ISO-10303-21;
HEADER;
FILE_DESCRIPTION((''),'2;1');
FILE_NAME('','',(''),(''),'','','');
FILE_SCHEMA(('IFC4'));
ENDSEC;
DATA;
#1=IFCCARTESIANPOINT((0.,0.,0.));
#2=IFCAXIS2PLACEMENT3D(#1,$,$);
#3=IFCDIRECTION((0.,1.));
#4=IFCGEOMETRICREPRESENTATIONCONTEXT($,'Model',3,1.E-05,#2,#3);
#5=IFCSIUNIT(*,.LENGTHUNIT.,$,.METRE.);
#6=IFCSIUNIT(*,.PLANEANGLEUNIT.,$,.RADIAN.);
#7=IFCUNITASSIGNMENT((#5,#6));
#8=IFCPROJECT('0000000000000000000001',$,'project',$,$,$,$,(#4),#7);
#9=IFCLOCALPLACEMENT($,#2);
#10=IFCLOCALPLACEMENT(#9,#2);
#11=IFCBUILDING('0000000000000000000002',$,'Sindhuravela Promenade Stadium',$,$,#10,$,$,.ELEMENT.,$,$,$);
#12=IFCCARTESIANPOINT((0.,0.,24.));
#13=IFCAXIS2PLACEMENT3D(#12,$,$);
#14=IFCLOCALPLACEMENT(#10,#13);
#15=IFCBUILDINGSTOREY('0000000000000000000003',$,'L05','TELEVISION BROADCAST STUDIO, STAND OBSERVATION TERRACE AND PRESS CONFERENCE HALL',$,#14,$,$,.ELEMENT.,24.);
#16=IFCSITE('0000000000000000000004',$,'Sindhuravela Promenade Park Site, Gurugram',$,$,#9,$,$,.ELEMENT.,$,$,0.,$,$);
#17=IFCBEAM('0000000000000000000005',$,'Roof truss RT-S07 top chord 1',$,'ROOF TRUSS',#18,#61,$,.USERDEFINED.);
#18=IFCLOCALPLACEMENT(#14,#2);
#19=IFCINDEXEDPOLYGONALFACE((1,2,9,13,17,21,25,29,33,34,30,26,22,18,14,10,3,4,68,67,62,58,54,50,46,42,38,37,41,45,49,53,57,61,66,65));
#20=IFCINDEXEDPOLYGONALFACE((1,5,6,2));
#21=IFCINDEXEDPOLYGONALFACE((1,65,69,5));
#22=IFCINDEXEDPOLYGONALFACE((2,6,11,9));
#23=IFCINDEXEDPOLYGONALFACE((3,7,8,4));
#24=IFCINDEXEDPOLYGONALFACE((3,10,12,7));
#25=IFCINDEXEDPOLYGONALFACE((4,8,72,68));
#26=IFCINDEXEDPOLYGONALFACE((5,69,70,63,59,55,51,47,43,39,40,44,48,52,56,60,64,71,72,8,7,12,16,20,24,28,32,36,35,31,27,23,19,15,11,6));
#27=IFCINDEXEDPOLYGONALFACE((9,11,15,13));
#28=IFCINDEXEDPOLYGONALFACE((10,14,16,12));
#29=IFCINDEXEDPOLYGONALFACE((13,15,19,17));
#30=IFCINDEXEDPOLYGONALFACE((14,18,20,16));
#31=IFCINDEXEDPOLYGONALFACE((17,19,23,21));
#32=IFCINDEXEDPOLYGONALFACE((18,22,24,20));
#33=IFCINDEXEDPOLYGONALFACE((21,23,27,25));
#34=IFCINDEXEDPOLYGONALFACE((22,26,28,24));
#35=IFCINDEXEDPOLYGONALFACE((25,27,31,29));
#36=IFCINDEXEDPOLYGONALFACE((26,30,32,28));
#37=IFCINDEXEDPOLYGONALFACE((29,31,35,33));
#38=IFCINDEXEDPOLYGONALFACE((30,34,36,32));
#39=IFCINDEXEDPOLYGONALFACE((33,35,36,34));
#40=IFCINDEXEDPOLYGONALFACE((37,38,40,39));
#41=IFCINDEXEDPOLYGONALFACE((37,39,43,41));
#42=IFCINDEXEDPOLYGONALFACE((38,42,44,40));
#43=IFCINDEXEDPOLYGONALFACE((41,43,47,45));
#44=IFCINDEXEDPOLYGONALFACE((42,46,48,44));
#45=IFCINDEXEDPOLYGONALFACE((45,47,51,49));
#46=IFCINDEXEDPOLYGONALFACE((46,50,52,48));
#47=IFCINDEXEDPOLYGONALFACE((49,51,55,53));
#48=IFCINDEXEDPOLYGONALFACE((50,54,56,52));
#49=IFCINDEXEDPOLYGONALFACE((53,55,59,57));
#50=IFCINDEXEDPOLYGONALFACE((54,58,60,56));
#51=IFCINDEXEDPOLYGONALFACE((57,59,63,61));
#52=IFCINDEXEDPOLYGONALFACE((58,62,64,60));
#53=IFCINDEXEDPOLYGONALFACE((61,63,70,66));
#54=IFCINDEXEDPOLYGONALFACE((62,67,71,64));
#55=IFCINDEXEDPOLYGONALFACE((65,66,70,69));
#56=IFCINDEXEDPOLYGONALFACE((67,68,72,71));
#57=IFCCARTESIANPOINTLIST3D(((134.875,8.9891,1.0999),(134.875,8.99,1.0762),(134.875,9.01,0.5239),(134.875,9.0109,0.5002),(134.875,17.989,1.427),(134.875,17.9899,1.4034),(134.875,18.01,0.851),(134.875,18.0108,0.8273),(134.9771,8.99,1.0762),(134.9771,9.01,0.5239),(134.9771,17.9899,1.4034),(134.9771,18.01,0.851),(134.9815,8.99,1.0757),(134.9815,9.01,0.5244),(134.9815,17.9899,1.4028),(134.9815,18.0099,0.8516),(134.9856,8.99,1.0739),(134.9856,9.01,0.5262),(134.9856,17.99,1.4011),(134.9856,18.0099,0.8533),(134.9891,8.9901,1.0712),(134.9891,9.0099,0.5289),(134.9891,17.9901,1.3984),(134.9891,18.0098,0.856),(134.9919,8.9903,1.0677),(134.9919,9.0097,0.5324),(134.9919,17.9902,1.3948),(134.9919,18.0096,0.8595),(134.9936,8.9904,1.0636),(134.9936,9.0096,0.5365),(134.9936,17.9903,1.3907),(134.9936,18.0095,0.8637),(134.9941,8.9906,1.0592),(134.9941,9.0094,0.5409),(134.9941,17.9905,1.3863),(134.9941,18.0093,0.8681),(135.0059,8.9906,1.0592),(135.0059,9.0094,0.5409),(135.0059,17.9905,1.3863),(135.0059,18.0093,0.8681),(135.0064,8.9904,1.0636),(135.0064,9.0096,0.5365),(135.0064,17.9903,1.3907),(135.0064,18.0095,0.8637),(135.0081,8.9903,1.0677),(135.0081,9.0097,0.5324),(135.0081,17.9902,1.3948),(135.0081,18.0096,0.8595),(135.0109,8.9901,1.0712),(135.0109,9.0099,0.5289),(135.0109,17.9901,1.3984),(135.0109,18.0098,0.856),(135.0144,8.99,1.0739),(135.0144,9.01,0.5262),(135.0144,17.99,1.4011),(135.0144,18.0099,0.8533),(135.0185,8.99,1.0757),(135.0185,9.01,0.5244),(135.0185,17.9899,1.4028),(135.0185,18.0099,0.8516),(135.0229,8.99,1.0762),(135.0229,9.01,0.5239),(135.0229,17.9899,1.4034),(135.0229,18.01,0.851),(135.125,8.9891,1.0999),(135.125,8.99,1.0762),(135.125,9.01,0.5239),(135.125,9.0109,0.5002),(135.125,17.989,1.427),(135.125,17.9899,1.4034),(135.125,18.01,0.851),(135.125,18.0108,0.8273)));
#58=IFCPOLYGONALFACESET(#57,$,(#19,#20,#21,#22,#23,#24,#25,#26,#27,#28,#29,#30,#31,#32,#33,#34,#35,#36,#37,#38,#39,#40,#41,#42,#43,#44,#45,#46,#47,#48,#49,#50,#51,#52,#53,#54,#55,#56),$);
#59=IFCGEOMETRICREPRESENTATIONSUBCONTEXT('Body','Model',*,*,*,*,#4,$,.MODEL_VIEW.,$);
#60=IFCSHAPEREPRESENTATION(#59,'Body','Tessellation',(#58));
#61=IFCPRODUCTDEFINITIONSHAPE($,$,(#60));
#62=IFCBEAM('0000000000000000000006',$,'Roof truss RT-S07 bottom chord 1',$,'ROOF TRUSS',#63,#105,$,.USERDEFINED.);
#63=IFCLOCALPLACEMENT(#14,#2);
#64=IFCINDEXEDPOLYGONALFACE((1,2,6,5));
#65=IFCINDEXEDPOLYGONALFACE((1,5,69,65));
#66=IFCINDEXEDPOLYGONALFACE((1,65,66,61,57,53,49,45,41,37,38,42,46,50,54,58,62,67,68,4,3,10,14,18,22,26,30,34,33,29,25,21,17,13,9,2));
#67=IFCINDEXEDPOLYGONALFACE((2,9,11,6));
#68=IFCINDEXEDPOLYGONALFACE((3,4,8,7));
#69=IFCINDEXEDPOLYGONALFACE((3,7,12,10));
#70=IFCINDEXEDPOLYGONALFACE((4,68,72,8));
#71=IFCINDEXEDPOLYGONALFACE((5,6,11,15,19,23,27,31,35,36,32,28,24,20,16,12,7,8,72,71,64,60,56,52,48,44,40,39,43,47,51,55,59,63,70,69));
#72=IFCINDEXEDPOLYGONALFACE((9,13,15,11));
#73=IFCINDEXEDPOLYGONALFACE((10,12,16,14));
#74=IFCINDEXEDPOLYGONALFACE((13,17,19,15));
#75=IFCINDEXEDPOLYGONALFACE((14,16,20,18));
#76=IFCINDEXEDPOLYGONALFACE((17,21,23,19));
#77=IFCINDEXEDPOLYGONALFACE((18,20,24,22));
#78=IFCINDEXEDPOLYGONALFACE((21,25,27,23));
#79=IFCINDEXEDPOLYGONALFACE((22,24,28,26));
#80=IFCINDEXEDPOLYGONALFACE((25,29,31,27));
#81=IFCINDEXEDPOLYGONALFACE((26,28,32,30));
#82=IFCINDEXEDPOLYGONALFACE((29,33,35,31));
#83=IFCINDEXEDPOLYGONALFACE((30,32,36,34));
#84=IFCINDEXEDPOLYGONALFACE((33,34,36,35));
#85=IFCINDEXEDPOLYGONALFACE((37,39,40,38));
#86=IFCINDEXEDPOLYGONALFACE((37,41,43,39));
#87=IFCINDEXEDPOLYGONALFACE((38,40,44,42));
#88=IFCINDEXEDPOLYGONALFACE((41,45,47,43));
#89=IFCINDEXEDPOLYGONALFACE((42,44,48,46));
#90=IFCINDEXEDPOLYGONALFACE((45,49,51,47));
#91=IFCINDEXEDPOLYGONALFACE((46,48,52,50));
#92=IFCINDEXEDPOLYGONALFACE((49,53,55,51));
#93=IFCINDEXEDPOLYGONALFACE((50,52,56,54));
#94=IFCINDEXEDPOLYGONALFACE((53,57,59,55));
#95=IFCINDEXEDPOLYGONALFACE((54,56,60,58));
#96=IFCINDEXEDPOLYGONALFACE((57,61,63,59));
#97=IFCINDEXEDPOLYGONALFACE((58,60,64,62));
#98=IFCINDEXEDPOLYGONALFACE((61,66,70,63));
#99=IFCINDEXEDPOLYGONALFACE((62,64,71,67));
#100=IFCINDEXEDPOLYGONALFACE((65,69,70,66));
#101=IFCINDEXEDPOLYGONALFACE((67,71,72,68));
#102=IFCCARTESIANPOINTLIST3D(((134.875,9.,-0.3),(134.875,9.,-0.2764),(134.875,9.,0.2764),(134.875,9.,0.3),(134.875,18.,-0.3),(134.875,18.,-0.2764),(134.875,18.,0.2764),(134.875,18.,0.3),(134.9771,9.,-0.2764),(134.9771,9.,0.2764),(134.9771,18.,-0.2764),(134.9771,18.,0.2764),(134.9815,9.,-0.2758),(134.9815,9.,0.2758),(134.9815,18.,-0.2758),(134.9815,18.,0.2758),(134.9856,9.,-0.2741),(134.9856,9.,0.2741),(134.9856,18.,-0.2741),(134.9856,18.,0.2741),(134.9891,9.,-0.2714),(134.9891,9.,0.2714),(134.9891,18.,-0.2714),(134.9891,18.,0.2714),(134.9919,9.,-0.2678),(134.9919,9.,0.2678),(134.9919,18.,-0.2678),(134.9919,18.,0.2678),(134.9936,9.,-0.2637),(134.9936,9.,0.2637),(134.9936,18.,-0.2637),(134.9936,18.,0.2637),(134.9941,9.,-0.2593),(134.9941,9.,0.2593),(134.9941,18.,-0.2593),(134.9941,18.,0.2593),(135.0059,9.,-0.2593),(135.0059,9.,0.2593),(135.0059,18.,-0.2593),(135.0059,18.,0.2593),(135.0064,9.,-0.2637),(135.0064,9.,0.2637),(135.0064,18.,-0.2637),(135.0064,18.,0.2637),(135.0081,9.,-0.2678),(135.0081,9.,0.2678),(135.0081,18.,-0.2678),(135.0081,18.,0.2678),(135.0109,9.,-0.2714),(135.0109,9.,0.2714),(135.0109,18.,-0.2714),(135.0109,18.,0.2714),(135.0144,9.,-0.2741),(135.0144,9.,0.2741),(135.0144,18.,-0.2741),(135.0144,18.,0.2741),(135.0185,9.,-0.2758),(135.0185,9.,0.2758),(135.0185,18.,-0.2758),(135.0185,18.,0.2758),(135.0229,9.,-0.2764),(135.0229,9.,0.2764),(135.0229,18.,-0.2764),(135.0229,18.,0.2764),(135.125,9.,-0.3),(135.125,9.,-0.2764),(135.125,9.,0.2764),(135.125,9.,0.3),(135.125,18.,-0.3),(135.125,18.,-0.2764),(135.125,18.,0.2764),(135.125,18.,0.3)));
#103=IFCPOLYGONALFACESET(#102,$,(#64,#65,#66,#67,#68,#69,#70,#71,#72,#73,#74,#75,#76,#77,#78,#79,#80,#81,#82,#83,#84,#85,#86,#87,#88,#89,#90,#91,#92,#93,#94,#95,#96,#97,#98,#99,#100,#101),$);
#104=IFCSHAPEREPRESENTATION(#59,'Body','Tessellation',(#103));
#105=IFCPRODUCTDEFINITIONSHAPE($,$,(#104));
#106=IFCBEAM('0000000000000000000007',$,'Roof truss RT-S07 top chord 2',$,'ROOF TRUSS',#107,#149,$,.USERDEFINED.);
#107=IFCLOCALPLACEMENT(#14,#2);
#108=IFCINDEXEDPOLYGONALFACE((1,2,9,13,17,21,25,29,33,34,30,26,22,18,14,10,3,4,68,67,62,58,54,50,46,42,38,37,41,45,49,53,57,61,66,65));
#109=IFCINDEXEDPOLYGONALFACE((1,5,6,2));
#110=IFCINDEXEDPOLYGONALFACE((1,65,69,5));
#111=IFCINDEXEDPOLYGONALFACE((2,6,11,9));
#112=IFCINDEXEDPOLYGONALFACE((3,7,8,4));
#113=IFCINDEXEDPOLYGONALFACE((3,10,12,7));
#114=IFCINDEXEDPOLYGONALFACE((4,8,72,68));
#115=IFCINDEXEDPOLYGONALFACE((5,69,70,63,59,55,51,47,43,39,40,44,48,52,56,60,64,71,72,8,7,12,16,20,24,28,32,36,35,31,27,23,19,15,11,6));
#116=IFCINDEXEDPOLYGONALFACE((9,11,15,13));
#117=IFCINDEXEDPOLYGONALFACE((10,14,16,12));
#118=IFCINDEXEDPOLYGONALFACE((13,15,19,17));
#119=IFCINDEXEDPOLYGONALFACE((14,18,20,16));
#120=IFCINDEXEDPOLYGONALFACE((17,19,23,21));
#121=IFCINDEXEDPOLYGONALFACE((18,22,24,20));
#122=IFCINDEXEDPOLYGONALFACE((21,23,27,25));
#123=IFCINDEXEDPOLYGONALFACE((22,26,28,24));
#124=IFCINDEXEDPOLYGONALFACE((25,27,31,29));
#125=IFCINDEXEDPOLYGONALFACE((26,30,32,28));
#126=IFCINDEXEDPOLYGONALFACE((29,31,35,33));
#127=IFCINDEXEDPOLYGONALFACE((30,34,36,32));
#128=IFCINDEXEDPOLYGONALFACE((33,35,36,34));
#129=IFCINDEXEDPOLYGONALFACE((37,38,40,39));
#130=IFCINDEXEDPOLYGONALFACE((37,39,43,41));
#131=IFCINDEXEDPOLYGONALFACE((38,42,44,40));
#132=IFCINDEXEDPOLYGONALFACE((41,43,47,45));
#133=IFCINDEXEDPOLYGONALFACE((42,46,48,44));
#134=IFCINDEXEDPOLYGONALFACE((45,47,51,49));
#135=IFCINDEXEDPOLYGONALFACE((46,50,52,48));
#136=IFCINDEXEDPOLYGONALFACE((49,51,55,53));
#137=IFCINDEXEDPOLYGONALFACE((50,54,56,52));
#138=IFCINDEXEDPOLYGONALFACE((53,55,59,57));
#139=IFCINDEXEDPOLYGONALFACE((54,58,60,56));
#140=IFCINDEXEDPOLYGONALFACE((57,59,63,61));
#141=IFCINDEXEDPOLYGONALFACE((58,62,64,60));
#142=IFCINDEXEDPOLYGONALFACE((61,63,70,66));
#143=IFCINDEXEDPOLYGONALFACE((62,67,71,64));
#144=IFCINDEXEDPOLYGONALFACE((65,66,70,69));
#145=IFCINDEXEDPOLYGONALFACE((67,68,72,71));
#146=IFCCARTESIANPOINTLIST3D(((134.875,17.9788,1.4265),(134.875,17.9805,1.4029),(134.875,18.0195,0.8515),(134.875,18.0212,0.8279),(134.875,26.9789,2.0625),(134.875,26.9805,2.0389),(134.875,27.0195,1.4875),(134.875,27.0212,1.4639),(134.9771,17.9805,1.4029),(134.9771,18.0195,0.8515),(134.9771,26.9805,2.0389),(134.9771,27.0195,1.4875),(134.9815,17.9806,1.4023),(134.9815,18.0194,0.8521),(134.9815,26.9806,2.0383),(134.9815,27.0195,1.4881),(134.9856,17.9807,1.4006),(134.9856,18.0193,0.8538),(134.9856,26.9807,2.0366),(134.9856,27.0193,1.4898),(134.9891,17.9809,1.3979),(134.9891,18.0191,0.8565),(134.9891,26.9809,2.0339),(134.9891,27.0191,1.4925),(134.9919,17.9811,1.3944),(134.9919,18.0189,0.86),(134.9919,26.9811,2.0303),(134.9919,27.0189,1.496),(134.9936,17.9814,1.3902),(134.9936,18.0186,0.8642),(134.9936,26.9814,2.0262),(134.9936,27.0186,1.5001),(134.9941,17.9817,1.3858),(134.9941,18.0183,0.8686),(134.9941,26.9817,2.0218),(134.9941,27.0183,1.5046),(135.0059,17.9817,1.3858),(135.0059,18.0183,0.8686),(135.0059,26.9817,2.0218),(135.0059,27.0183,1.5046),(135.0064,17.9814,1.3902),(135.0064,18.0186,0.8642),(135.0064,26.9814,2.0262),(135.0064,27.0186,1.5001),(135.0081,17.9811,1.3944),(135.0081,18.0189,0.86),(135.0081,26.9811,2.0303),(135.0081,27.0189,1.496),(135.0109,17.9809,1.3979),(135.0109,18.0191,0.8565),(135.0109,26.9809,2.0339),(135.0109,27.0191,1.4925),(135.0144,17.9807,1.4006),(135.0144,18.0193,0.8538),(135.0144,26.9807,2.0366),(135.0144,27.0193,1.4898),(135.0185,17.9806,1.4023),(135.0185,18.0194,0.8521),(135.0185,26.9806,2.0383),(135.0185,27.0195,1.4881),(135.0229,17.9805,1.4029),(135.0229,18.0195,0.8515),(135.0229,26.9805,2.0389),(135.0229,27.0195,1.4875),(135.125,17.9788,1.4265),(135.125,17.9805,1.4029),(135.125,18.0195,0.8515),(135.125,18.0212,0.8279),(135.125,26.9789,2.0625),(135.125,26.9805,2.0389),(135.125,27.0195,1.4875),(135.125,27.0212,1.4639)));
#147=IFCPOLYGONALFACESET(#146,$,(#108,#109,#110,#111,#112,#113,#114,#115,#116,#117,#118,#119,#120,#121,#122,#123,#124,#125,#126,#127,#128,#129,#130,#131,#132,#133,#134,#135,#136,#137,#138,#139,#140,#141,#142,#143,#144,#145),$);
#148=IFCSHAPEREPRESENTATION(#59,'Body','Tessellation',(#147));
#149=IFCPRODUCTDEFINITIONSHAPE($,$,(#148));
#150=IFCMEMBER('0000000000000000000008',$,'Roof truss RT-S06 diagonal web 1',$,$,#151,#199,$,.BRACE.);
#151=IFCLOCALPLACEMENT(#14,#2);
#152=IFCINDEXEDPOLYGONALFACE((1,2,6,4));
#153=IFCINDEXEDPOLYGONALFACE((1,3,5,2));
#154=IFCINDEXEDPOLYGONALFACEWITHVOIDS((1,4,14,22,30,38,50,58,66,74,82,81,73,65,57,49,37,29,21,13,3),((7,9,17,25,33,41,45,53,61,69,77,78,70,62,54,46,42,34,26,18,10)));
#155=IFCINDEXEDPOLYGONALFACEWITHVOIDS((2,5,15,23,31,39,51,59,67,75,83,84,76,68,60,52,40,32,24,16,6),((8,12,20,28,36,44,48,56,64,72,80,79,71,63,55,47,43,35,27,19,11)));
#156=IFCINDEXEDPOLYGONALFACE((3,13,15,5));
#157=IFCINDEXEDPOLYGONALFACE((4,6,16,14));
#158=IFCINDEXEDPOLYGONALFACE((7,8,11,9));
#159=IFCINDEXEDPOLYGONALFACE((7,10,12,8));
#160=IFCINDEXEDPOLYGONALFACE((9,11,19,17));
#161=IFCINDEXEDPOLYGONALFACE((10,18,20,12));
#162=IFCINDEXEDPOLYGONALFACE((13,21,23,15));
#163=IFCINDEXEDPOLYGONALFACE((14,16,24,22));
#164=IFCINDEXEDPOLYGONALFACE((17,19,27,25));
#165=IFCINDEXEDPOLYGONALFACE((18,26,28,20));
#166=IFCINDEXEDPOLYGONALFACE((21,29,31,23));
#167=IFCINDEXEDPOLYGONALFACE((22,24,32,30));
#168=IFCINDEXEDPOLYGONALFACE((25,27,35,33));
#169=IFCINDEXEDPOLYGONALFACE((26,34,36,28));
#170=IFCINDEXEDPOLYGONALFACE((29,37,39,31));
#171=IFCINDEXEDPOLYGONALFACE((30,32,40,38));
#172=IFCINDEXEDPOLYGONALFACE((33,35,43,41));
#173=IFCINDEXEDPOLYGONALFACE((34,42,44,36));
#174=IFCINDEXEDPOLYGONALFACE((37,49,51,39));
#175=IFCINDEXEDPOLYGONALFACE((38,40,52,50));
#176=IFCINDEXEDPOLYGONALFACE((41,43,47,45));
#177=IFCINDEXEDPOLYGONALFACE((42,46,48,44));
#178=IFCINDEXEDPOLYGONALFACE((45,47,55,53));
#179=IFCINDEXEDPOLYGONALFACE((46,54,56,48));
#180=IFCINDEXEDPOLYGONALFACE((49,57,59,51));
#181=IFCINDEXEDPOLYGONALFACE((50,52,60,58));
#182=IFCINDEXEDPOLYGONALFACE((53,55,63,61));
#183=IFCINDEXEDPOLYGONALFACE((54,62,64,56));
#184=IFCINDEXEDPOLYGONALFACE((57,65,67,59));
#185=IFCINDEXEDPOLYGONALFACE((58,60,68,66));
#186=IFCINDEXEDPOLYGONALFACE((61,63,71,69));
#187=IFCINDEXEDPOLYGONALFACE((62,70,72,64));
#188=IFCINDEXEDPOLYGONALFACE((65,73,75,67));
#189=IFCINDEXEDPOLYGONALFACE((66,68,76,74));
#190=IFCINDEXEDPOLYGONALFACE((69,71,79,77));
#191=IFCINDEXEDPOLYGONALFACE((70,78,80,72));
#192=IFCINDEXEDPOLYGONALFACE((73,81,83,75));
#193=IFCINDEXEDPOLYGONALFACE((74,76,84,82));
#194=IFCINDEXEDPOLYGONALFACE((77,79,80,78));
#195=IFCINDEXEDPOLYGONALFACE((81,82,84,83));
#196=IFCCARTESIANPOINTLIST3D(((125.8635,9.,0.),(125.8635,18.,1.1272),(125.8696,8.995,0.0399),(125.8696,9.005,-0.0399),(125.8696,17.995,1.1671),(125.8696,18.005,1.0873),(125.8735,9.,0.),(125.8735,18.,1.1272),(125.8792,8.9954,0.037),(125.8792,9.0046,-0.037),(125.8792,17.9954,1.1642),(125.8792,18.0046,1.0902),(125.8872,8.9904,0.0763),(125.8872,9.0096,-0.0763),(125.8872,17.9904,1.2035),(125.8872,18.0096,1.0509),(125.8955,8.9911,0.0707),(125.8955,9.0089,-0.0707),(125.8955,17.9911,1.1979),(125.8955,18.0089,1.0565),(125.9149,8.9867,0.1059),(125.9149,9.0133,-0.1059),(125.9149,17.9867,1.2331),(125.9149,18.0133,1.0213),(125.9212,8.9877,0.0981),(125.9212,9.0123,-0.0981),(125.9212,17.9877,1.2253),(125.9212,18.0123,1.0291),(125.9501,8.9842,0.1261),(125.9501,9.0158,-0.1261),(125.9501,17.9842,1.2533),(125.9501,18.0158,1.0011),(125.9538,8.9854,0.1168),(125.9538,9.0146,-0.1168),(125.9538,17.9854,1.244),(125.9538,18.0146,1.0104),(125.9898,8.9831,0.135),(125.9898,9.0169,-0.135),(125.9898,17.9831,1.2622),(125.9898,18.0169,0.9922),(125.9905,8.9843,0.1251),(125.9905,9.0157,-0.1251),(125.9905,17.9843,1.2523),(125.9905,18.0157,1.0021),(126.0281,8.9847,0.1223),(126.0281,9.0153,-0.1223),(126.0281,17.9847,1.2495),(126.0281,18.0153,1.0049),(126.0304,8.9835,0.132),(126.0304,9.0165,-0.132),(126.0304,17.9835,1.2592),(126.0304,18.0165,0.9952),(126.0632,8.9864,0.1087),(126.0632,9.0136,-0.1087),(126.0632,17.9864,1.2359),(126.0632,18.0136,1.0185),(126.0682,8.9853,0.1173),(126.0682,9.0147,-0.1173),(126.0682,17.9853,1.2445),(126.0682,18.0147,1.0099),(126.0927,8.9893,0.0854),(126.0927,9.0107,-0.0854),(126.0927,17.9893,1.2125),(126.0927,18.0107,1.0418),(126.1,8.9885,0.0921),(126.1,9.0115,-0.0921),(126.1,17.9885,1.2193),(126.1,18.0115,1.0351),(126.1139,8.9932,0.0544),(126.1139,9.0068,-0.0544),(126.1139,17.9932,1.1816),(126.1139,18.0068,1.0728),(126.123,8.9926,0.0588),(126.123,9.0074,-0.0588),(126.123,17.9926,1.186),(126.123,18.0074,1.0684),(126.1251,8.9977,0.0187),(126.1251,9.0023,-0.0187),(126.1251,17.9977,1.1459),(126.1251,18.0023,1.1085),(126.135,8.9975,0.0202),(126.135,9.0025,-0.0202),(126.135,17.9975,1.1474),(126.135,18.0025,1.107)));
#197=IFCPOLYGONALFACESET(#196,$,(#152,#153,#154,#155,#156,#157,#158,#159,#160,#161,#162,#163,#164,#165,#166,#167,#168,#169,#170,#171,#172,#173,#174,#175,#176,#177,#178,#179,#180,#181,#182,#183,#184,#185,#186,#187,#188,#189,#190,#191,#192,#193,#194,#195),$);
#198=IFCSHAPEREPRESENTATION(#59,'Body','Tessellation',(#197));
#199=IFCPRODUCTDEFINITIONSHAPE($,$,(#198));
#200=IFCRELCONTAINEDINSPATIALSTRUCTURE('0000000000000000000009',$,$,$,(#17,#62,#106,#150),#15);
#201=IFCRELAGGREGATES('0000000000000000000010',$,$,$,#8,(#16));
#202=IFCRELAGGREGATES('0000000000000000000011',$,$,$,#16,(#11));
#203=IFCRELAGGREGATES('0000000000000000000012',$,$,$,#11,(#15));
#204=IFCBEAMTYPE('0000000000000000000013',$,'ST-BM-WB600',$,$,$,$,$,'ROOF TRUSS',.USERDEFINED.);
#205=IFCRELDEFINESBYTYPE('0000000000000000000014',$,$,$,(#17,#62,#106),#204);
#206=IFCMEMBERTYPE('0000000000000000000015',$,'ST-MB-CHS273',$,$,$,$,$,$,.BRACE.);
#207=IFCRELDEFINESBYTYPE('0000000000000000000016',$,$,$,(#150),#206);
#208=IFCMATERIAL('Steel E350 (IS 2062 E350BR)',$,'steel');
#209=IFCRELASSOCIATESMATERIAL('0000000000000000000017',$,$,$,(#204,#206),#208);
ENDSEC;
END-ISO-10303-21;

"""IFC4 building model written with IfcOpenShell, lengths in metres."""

from ifc_helpers import new_model, si_unit, direction, frame, origin, origin_2d, place, context, subcontext, project, spatial, hollow_circle, i_section, extrude, material, material_profile, profile_set, type_object, element, save


model = new_model("IFC4")

# Units and contexts
model_context = context("Model", 3, precision=1e-05, world=origin(), true_north=direction((0.0, 1.0)))
body_context = subcontext(model_context, "Body", "Model", "MODEL_VIEW")
ifc_project = project(units=[si_unit("LENGTHUNIT", "METRE"), si_unit("PLANEANGLEUNIT", "RADIAN")], contexts=[model_context])

# Site, building, storey
site_placement = place(None, origin())
site = spatial("IfcSite", under=ifc_project, at=site_placement, Name="Sindhuravela Promenade Park Site, Gurugram", CompositionType="ELEMENT", RefElevation=0.0)
building_placement = place(site_placement, origin())
building = spatial("IfcBuilding", under=site, at=building_placement, Name="Sindhuravela Promenade Stadium", CompositionType="ELEMENT")
storey_placement = place(building_placement, frame((0.0, 0.0, 24.0)))
storey = spatial("IfcBuildingStorey", under=building, at=storey_placement, Name="L05", Description="TELEVISION BROADCAST STUDIO, STAND OBSERVATION TERRACE AND PRESS CONFERENCE HALL", CompositionType="ELEMENT", Elevation=24.0)

# Beams
ifc_material_1 = material(Name="Steel E350 (IS 2062 E350BR)", Category="steel")
ifc_material_profile_1 = material_profile(ifc_material_1, i_section(OverallWidth=0.25, OverallDepth=0.6001, WebThickness=0.0117, FlangeThickness=0.0237, FilletRadius=0.0171, at=origin_2d()), Name="ISWB 600")
ifc_profile_set_1 = profile_set([ifc_material_profile_1], Name="Steel E350 (IS 2062 E350BR)")
beam_type = type_object("IfcBeamType", Name="ST-BM-WB600", ElementType="ROOF TRUSS", PredefinedType="USERDEFINED", material=ifc_profile_set_1)
beam_1_placement = place(storey_placement, frame((135.0, 9.0, 0.8), z_axis=(0.0, 0.99934, 0.036326), x_axis=(-1.0, 0.0, 0.0)))
element("IfcBeam", 1, at=beam_1_placement, inside=storey, type_object=beam_type, Name="Roof truss RT-S07 top chord 1", ObjectType="ROOF TRUSS", PredefinedType="USERDEFINED", context=body_context, shape_type="SweptSolid", body=[
    extrude(i_section(OverallWidth=0.25, OverallDepth=0.6001, WebThickness=0.0117, FlangeThickness=0.0237, FilletRadius=0.0171, at=origin_2d()), origin(), (0.0, 0.0, 1.0), 9.0059),
])
beam_2_placement = place(storey_placement, frame((135.0, 9.0, 0.0), z_axis=(0.0, 1.0, 0.0), x_axis=(-1.0, 0.0, 0.0)))
element("IfcBeam", 2, at=beam_2_placement, inside=storey, type_object=beam_type, Name="Roof truss RT-S07 bottom chord 1", ObjectType="ROOF TRUSS", PredefinedType="USERDEFINED", context=body_context, shape_type="SweptSolid", body=[
    extrude(i_section(OverallWidth=0.25, OverallDepth=0.6001, WebThickness=0.0117, FlangeThickness=0.0237, FilletRadius=0.0171, at=origin_2d()), origin(), (0.0, 0.0, 1.0), 9.0),
])
beam_3_placement = place(storey_placement, frame((135.0, 18.0, 1.1272), z_axis=(0.0, 0.997513, 0.070489), x_axis=(-1.0, 0.0, 0.0)))
element("IfcBeam", 3, at=beam_3_placement, inside=storey, type_object=beam_type, Name="Roof truss RT-S07 top chord 2", ObjectType="ROOF TRUSS", PredefinedType="USERDEFINED", context=body_context, shape_type="SweptSolid", body=[
    extrude(i_section(OverallWidth=0.25, OverallDepth=0.6001, WebThickness=0.0117, FlangeThickness=0.0237, FilletRadius=0.0171, at=origin_2d()), origin(), (0.0, 0.0, 1.0), 9.0225),
])

# Member
ifc_material_profile_2 = material_profile(ifc_material_1, hollow_circle(Radius=0.1365, WallThickness=0.01, at=origin_2d()), Name="CHS 273.0x10")
ifc_profile_set_2 = profile_set([ifc_material_profile_2], Name="Steel E350 (IS 2062 E350BR)")
member_type_1 = type_object("IfcMemberType", Name="ST-MB-CHS273", PredefinedType="BRACE", material=ifc_profile_set_2)
for number, where, z_axis, x_axis, name in (
    (4, (126.0, 9.0, 0.0), (0.0, 0.992248, 0.124273), (-1.0, 0.0, 0.0), "Roof truss RT-S06 diagonal web 1"),
):
    element("IfcMember", number, at=place(storey_placement, frame(where, z_axis=z_axis, x_axis=x_axis)), inside=storey, type_object=member_type_1, Name=name, PredefinedType="BRACE", context=body_context, shape_type="SweptSolid", body=[
        extrude(hollow_circle(Radius=0.1365, WallThickness=0.01, at=origin_2d()), origin(), (0.0, 0.0, 1.0), 9.0703),
    ])

save(model, "model.ifc")
